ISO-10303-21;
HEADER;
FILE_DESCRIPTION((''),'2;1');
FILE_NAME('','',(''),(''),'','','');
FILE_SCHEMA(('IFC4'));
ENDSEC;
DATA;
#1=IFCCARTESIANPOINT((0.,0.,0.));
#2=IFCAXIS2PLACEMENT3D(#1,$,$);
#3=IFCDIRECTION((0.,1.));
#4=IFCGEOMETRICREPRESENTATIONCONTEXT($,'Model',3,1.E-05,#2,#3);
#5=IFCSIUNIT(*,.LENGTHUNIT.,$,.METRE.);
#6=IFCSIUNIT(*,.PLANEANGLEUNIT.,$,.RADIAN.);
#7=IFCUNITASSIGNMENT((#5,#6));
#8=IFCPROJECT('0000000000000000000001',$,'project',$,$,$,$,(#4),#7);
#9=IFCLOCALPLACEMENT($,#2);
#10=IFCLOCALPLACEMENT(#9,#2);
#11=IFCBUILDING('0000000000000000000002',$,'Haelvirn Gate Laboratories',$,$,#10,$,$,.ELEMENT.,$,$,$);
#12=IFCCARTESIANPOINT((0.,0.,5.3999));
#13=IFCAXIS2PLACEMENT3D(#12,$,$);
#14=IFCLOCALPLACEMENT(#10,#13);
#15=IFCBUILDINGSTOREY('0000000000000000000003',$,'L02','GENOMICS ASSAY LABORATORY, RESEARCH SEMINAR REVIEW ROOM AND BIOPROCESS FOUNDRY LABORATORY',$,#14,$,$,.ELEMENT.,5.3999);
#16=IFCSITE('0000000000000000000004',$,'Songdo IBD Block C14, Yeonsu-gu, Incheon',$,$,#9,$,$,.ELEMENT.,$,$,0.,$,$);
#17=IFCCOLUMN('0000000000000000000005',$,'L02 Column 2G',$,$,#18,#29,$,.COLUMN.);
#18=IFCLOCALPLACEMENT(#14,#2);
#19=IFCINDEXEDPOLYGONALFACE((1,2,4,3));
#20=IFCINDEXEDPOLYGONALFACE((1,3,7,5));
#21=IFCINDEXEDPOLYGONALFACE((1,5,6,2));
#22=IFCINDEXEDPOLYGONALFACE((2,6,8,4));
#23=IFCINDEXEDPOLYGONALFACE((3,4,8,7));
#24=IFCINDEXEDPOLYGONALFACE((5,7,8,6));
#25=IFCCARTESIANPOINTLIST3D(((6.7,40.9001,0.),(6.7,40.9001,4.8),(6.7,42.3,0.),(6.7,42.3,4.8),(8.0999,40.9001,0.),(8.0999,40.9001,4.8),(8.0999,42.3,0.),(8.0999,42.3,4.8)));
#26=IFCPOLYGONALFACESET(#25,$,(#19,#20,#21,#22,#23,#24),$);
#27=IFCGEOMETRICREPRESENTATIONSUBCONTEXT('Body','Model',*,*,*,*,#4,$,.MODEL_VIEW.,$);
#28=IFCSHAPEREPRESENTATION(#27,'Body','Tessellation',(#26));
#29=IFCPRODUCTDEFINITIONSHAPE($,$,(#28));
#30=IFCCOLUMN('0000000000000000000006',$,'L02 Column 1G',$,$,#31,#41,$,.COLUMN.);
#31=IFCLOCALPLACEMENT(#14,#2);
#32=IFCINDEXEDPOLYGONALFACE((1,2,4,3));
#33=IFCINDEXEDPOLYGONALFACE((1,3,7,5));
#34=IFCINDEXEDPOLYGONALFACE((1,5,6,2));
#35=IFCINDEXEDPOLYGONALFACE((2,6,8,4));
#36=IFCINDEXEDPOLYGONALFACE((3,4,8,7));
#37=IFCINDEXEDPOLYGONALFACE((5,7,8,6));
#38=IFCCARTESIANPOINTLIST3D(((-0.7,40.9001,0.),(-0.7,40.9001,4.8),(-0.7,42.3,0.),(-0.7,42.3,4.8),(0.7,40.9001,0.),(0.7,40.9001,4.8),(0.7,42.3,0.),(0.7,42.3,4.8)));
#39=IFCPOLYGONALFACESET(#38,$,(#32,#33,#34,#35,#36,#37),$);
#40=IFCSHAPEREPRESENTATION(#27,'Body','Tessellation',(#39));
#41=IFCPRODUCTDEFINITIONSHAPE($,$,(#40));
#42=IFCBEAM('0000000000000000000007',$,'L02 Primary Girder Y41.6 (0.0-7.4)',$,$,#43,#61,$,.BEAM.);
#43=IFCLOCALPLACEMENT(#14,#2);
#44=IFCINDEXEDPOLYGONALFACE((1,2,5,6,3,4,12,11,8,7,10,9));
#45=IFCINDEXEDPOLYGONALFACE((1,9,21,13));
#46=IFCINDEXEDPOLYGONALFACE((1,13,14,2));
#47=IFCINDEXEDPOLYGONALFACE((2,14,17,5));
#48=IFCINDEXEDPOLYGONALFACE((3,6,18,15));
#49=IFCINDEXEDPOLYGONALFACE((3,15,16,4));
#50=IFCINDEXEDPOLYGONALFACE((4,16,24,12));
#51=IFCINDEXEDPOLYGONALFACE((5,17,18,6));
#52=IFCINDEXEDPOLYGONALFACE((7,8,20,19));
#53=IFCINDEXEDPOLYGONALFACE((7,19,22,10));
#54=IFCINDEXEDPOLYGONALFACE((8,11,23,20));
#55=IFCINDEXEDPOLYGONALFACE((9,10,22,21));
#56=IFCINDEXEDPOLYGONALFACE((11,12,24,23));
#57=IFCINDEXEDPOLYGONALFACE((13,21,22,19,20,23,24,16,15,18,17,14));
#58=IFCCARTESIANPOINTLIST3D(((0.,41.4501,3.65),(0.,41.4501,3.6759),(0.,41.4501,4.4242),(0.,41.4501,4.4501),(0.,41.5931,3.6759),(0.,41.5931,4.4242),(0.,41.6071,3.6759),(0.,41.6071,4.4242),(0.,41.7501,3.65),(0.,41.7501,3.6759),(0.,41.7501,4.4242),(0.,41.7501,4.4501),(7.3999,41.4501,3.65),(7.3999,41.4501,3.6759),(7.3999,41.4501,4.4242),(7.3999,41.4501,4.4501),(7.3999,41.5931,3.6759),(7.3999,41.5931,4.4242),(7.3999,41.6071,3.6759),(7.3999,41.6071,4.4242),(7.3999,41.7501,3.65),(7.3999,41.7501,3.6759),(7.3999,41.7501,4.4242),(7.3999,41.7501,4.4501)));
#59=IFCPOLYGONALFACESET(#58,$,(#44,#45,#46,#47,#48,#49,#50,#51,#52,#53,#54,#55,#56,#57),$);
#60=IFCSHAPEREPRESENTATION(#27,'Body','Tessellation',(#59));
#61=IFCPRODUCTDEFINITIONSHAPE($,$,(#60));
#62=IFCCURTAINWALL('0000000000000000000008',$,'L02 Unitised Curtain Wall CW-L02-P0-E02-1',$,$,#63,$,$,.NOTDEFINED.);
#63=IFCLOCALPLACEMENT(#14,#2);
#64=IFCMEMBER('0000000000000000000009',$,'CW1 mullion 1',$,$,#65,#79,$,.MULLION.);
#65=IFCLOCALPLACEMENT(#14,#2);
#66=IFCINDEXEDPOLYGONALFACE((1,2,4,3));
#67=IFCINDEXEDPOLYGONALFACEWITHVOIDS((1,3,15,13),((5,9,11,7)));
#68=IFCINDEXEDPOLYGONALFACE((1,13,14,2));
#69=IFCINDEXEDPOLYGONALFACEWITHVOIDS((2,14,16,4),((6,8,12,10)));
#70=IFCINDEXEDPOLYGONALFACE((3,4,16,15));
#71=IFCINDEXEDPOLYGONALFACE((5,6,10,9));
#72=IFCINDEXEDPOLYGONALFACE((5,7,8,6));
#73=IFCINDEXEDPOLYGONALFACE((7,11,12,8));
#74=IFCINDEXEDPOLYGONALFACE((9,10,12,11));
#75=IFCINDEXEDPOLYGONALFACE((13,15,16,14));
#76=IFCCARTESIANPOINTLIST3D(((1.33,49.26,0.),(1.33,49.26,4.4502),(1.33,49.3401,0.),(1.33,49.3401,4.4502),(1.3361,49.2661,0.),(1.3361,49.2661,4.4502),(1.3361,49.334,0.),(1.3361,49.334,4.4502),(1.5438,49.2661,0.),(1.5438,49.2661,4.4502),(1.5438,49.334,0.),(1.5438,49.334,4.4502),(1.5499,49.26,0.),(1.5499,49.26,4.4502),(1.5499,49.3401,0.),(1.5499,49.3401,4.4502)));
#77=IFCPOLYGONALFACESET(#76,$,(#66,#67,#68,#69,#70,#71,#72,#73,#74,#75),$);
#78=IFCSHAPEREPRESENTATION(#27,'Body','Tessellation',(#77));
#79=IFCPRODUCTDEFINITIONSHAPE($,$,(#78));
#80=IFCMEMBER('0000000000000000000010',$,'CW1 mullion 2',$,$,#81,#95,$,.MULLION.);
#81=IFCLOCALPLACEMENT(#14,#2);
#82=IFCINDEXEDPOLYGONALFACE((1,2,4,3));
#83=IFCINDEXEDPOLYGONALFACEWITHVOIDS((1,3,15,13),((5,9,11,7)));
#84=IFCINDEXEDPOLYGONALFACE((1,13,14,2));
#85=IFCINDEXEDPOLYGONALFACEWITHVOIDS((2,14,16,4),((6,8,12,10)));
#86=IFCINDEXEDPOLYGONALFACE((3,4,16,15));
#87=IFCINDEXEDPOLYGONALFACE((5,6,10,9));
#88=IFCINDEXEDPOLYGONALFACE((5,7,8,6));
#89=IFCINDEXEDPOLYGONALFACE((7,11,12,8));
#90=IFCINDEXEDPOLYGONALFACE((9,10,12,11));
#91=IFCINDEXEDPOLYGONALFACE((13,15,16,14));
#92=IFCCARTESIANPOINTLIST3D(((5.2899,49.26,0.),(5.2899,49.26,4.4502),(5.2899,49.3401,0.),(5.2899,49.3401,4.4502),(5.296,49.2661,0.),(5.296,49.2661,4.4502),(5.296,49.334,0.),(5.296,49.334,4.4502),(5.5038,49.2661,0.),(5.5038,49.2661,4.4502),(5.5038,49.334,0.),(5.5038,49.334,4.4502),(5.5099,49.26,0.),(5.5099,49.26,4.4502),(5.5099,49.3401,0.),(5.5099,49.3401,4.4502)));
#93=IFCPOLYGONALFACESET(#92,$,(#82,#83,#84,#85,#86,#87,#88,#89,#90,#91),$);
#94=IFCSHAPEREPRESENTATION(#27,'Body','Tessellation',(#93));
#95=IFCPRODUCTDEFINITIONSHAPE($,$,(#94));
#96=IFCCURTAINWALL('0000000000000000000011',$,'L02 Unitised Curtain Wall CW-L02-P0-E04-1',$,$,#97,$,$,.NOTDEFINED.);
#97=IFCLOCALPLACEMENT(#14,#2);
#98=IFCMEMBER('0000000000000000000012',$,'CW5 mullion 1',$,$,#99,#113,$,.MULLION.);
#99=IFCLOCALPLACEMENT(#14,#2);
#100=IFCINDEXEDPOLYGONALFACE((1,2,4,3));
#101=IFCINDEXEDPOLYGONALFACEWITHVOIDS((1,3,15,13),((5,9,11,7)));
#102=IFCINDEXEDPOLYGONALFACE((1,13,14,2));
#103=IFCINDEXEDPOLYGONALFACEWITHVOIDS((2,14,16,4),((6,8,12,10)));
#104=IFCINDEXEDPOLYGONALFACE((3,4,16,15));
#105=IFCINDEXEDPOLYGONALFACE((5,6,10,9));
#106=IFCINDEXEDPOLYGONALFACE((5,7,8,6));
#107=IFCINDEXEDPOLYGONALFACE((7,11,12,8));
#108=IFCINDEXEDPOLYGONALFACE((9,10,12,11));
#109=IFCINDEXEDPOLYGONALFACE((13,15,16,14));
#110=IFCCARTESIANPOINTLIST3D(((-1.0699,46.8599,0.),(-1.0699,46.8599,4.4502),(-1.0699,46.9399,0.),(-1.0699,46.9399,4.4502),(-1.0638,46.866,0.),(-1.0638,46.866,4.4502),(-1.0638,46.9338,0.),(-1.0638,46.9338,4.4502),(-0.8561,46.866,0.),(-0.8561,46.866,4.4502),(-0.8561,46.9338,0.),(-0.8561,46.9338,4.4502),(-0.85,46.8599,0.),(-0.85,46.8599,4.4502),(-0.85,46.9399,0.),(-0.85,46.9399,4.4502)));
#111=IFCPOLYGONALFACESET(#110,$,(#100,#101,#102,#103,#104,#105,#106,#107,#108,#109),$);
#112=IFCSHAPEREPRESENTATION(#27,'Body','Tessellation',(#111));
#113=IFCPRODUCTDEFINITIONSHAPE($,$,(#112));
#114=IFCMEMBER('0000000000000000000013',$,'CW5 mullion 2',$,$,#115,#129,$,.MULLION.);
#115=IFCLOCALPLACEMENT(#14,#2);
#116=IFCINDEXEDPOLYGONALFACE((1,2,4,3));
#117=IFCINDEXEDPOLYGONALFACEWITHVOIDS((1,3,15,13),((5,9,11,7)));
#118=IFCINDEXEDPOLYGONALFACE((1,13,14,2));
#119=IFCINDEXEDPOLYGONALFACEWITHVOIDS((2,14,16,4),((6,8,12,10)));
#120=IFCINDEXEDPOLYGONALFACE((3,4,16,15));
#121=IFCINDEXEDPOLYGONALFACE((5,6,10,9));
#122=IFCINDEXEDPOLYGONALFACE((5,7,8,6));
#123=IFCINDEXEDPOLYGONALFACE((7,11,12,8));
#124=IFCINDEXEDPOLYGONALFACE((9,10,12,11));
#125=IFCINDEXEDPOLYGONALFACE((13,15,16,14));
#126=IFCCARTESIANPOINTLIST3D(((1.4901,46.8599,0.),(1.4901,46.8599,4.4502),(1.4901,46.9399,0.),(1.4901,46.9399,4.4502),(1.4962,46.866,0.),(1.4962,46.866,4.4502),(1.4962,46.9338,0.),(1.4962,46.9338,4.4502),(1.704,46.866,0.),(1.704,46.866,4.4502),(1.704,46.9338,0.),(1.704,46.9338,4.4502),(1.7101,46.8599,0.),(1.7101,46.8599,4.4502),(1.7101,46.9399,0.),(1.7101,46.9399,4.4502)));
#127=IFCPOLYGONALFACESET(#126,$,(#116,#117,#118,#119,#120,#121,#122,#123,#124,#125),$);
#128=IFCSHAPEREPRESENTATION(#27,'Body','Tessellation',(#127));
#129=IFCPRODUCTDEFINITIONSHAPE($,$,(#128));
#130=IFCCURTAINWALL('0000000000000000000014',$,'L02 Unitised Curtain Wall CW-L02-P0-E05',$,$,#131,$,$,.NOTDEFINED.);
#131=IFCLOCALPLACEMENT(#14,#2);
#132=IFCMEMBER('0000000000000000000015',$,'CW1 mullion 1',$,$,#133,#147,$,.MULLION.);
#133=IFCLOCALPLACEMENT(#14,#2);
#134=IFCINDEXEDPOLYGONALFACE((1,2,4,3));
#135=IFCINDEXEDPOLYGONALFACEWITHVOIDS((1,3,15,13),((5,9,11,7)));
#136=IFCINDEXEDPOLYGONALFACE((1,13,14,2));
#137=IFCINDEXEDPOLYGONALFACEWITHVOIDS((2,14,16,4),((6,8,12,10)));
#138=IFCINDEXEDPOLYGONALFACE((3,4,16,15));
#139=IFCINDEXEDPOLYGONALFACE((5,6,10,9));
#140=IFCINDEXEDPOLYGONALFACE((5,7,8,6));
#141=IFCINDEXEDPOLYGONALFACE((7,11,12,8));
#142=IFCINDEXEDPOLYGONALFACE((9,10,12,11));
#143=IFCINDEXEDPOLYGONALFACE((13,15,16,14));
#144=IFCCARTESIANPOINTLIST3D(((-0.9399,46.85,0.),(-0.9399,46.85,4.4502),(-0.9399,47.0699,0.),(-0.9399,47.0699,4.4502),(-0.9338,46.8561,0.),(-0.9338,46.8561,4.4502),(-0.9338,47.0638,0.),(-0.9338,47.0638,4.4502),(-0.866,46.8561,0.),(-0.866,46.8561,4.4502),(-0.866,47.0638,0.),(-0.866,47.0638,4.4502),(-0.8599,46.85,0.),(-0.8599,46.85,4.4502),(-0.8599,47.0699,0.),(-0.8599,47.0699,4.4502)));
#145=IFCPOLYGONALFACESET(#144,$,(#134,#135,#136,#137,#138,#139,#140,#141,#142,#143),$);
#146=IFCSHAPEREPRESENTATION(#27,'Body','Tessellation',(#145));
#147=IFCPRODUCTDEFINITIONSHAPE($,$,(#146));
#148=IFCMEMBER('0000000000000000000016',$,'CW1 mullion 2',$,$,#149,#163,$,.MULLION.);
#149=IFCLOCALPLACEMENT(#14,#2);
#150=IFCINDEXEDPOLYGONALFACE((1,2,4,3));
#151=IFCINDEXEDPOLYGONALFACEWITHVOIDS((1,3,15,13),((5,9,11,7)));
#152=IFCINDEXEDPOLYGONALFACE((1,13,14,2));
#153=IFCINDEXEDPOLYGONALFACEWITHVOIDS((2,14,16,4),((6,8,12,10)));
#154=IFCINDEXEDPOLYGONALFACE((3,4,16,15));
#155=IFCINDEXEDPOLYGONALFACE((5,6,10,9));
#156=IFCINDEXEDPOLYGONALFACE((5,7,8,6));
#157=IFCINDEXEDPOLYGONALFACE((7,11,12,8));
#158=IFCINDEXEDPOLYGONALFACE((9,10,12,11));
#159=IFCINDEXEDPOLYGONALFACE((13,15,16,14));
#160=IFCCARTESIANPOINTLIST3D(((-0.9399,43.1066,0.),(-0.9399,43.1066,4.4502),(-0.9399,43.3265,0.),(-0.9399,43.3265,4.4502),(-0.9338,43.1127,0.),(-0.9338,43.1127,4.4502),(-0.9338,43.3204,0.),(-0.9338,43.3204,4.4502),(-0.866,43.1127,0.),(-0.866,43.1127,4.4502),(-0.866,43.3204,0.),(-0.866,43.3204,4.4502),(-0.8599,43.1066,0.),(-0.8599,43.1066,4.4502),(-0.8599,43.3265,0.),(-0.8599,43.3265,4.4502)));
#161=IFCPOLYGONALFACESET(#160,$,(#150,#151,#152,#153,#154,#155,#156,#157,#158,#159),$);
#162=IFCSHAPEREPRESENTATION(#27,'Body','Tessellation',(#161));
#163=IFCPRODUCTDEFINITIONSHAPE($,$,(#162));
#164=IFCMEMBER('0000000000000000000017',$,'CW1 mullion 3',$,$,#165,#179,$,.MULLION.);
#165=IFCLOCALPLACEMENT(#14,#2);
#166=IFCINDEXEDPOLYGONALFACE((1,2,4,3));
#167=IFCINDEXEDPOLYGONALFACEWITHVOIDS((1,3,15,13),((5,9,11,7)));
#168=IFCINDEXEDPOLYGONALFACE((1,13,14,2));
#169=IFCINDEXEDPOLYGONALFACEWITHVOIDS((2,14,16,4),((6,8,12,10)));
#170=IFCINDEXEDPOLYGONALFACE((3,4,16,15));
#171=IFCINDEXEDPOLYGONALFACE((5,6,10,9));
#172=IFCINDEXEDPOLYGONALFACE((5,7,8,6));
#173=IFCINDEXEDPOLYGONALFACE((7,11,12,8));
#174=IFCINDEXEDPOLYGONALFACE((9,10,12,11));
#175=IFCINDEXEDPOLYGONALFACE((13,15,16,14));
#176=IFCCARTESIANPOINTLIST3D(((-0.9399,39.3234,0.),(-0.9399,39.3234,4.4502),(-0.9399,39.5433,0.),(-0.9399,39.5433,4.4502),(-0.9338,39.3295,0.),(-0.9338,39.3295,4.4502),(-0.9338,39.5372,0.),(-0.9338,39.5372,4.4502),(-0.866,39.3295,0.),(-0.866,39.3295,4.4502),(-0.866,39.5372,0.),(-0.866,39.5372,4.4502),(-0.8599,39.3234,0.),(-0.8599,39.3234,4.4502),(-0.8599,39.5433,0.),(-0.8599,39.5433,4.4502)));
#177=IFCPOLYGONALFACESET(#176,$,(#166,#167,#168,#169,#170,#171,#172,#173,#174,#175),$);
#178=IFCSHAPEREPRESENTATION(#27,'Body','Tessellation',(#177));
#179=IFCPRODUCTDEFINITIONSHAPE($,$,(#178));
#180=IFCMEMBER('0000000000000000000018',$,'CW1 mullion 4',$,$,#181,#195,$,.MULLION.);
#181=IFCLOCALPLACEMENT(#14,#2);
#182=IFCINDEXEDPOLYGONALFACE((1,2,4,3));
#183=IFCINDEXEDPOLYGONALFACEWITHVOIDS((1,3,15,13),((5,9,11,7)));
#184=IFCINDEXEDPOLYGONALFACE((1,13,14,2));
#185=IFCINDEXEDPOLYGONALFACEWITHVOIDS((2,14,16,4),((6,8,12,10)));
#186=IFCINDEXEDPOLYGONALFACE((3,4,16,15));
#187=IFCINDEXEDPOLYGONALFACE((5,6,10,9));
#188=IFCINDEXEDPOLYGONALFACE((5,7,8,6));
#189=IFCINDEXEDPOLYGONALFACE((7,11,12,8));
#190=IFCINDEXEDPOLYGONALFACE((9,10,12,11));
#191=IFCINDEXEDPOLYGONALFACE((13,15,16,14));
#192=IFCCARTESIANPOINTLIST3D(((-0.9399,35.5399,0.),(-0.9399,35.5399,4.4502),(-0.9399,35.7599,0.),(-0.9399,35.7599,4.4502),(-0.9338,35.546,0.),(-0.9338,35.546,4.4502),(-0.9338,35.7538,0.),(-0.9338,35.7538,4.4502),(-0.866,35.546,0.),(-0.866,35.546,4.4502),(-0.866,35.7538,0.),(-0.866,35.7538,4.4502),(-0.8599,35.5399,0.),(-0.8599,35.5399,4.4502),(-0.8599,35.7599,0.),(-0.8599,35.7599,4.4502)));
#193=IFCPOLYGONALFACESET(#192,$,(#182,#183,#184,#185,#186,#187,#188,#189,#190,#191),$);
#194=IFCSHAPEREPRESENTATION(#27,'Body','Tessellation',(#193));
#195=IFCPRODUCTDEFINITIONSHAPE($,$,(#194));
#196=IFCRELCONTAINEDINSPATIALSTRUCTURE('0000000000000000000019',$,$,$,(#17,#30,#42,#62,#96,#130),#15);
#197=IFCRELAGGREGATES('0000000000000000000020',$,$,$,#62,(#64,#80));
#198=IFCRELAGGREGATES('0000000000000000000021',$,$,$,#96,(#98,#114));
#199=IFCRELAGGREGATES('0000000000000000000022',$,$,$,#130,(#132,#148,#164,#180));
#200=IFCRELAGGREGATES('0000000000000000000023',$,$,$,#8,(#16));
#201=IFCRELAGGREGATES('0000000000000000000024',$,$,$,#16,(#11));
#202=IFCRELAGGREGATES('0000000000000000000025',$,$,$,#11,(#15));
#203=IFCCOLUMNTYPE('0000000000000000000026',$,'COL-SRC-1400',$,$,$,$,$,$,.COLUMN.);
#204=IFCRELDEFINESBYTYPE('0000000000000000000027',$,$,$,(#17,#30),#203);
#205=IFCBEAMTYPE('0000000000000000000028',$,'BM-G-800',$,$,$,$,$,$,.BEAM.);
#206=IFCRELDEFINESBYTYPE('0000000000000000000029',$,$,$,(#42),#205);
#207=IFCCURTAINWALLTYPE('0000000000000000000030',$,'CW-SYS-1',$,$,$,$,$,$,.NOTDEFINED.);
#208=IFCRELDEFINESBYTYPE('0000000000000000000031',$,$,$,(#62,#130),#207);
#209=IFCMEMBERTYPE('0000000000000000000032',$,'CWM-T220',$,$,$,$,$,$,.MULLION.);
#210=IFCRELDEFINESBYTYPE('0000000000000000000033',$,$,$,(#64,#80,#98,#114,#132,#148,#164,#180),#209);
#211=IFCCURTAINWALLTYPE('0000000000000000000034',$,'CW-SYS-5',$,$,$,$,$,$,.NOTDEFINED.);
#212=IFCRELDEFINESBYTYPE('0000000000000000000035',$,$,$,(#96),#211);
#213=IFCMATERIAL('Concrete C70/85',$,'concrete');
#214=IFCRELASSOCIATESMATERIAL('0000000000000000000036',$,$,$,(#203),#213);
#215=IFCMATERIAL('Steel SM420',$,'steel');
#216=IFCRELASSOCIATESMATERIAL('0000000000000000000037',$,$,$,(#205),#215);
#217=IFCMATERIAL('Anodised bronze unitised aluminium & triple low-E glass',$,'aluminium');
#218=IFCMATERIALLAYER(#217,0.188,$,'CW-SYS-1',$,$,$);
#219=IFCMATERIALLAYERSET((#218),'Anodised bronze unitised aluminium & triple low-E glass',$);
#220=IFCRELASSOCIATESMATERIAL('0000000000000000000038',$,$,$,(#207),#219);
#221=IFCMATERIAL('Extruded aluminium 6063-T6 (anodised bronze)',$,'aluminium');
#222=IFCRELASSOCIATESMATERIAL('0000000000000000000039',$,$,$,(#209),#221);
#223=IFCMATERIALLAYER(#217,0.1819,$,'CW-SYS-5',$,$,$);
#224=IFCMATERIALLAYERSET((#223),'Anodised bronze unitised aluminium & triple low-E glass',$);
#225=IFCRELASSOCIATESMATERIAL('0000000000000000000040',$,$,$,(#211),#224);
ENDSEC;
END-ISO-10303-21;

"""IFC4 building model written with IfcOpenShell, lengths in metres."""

from ifc_helpers import new_model, si_unit, direction, frame, origin, origin_2d, place, context, subcontext, project, spatial, rectangle, hollow_rectangle, i_section, extrude, source, transform, mapped, material, layer, layer_set, material_profile, profile_set, type_object, type_shapes, element, aggregate, save


model = new_model("IFC4")

# Units and contexts
model_context = context("Model", 3, precision=1e-05, world=origin(), true_north=direction((0.0, 1.0)))
body_context = subcontext(model_context, "Body", "Model", "MODEL_VIEW")
ifc_project = project(units=[si_unit("LENGTHUNIT", "METRE"), si_unit("PLANEANGLEUNIT", "RADIAN")], contexts=[model_context])

# Site, building, storey
site_placement = place(None, origin())
site = spatial("IfcSite", under=ifc_project, at=site_placement, Name="Songdo IBD Block C14, Yeonsu-gu, Incheon", CompositionType="ELEMENT", RefElevation=0.0)
building_placement = place(site_placement, origin())
building = spatial("IfcBuilding", under=site, at=building_placement, Name="Haelvirn Gate Laboratories", CompositionType="ELEMENT")
storey_placement = place(building_placement, frame((0.0, 0.0, 5.3999)))
storey = spatial("IfcBuildingStorey", under=building, at=storey_placement, Name="L02", Description="GENOMICS ASSAY LABORATORY, RESEARCH SEMINAR REVIEW ROOM AND BIOPROCESS FOUNDRY LABORATORY", CompositionType="ELEMENT", Elevation=5.3999)

# Columns
ifc_material_1 = material(Name="Concrete C70/85", Category="concrete")
ifc_material_profile_1 = material_profile(ifc_material_1, rectangle(XDim=1.3999, YDim=1.3999, at=origin_2d()), Name="SRC-1400x1400")
ifc_profile_set_1 = profile_set([ifc_material_profile_1], Name="Concrete C70/85")
column_type = type_object("IfcColumnType", Name="COL-SRC-1400", PredefinedType="COLUMN", material=ifc_profile_set_1)
shared_shape_1 = source(origin(), body_context, "Body", "SweptSolid", [
    extrude(rectangle(XDim=1.3999, YDim=1.3999, at=origin_2d()), origin(), (0.0, 0.0, 1.0), 4.8),
])
type_shapes(column_type, [shared_shape_1])
for number, where, z_axis, x_axis, name in (
    (1, (7.3999, 41.6001, 0.0), (0.0, 0.0, 1.0), (1.0, 0.0, 0.0), "L02 Column 2G"),
    (2, (0.0, 41.6001, 0.0), (0.0, 0.0, 1.0), (1.0, 0.0, 0.0), "L02 Column 1G"),
):
    element("IfcColumn", number, at=place(storey_placement, frame(where, z_axis=z_axis, x_axis=x_axis)), inside=storey, type_object=column_type, Name=name, PredefinedType="COLUMN", context=body_context, shape_type="MappedRepresentation", body=[
        mapped(shared_shape_1, transform((0.0, 0.0, 0.0), scale=1.0)),
    ])

# Beam
ifc_material_2 = material(Name="Steel SM420", Category="steel")
ifc_material_profile_2 = material_profile(ifc_material_2, i_section(OverallWidth=0.3, OverallDepth=0.8, WebThickness=0.0139, FlangeThickness=0.0259, at=origin_2d()), Name="H-800x300x14x26")
ifc_profile_set_2 = profile_set([ifc_material_profile_2], Name="Steel SM420")
beam_type = type_object("IfcBeamType", Name="BM-G-800", PredefinedType="BEAM", material=ifc_profile_set_2)
shared_shape_2 = source(origin(), body_context, "Body", "SweptSolid", [
    extrude(i_section(OverallWidth=0.3, OverallDepth=0.8, WebThickness=0.0139, FlangeThickness=0.0259, at=origin_2d()), origin(), (0.0, 0.0, 1.0), 7.3999),
])
type_shapes(beam_type, [shared_shape_2])
beam_placement = place(storey_placement, frame((0.0, 41.6001, 4.05), z_axis=(1.0, 0.0, 0.0), x_axis=(0.0, 1.0, 0.0)))
element("IfcBeam", 3, at=beam_placement, inside=storey, type_object=beam_type, Name="L02 Primary Girder Y41.6 (0.0-7.4)", PredefinedType="BEAM", context=body_context, shape_type="MappedRepresentation", body=[
    mapped(shared_shape_2, transform((0.0, 0.0, 0.0), scale=1.0)),
])

# Curtain walls, members
ifc_material_3 = material(Name="Anodised bronze unitised aluminium & triple low-E glass", Category="aluminium")
ifc_layer_1 = layer(ifc_material_3, 0.188, Name="CW-SYS-1")
ifc_layer_set_1 = layer_set([ifc_layer_1], Name="Anodised bronze unitised aluminium & triple low-E glass")
curtain_wall_type_1 = type_object("IfcCurtainWallType", Name="CW-SYS-1", PredefinedType="NOTDEFINED", material=ifc_layer_set_1)
curtain_wall_1_placement = place(storey_placement, origin())
curtain_wall_1 = element("IfcCurtainWall", 4, at=curtain_wall_1_placement, inside=storey, type_object=curtain_wall_type_1, Name="L02 Unitised Curtain Wall CW-L02-P0-E02-1", PredefinedType="NOTDEFINED")
ifc_material_4 = material(Name="Extruded aluminium 6063-T6 (anodised bronze)", Category="aluminium")
ifc_material_profile_3 = material_profile(ifc_material_4, hollow_rectangle(XDim=0.0801, YDim=0.22, WallThickness=0.0061, at=origin_2d()), Name="CWM-220x80x6")
ifc_profile_set_3 = profile_set([ifc_material_profile_3], Name="Extruded aluminium 6063-T6 (anodised bronze)")
member_type_1 = type_object("IfcMemberType", Name="CWM-T220", PredefinedType="MULLION", material=ifc_profile_set_3)
shared_shape_3 = source(origin(), body_context, "Body", "SweptSolid", [
    extrude(hollow_rectangle(XDim=0.0801, YDim=0.22, WallThickness=0.0061, at=origin_2d()), origin(), (0.0, 0.0, 1.0), 4.4502),
])
type_shapes(member_type_1, [shared_shape_3])
member_1_placement = place(storey_placement, frame((1.4399, 49.3, 0.0), z_axis=(0.0, 0.0, 1.0), x_axis=(0.0, 1.0, 0.0)))
member_1 = element("IfcMember", 5, at=member_1_placement, type_object=member_type_1, Name="CW1 mullion 1", PredefinedType="MULLION", context=body_context, shape_type="MappedRepresentation", body=[
    mapped(shared_shape_3, transform((0.0, 0.0, 0.0), scale=1.0)),
])
member_2_placement = place(storey_placement, frame((5.3999, 49.3, 0.0), z_axis=(0.0, 0.0, 1.0), x_axis=(0.0, 1.0, 0.0)))
member_2 = element("IfcMember", 6, at=member_2_placement, type_object=member_type_1, Name="CW1 mullion 2", PredefinedType="MULLION", context=body_context, shape_type="MappedRepresentation", body=[
    mapped(shared_shape_3, transform((0.0, 0.0, 0.0), scale=1.0)),
])
ifc_layer_2 = layer(ifc_material_3, 0.1819, Name="CW-SYS-5")
ifc_layer_set_2 = layer_set([ifc_layer_2], Name="Anodised bronze unitised aluminium & triple low-E glass")
curtain_wall_type_2 = type_object("IfcCurtainWallType", Name="CW-SYS-5", PredefinedType="NOTDEFINED", material=ifc_layer_set_2)
curtain_wall_2_placement = place(storey_placement, origin())
curtain_wall_2 = element("IfcCurtainWall", 7, at=curtain_wall_2_placement, inside=storey, type_object=curtain_wall_type_2, Name="L02 Unitised Curtain Wall CW-L02-P0-E04-1", PredefinedType="NOTDEFINED")
member_3_placement = place(storey_placement, frame((-0.96, 46.8999, 0.0), z_axis=(0.0, 0.0, 1.0), x_axis=(0.0, 1.0, 0.0)))
member_3 = element("IfcMember", 8, at=member_3_placement, type_object=member_type_1, Name="CW5 mullion 1", PredefinedType="MULLION", context=body_context, shape_type="MappedRepresentation", body=[
    mapped(shared_shape_3, transform((0.0, 0.0, 0.0), scale=1.0)),
])
member_4_placement = place(storey_placement, frame((1.6001, 46.8999, 0.0), z_axis=(0.0, 0.0, 1.0), x_axis=(0.0, 1.0, 0.0)))
member_4 = element("IfcMember", 9, at=member_4_placement, type_object=member_type_1, Name="CW5 mullion 2", PredefinedType="MULLION", context=body_context, shape_type="MappedRepresentation", body=[
    mapped(shared_shape_3, transform((0.0, 0.0, 0.0), scale=1.0)),
])
curtain_wall_3_placement = place(storey_placement, origin())
curtain_wall_3 = element("IfcCurtainWall", 10, at=curtain_wall_3_placement, inside=storey, type_object=curtain_wall_type_1, Name="L02 Unitised Curtain Wall CW-L02-P0-E05", PredefinedType="NOTDEFINED")
member_5_placement = place(storey_placement, frame((-0.8999, 46.96, 0.0), z_axis=(0.0, 0.0, 1.0), x_axis=(1.0, 0.0, 0.0)))
member_5 = element("IfcMember", 11, at=member_5_placement, type_object=member_type_1, Name="CW1 mullion 1", PredefinedType="MULLION", context=body_context, shape_type="MappedRepresentation", body=[
    mapped(shared_shape_3, transform((0.0, 0.0, 0.0), scale=1.0)),
])
member_6_placement = place(storey_placement, frame((-0.8999, 43.2166, 0.0), z_axis=(0.0, 0.0, 1.0), x_axis=(1.0, 0.0, 0.0)))
member_6 = element("IfcMember", 12, at=member_6_placement, type_object=member_type_1, Name="CW1 mullion 2", PredefinedType="MULLION", context=body_context, shape_type="MappedRepresentation", body=[
    mapped(shared_shape_3, transform((0.0, 0.0, 0.0), scale=1.0)),
])
member_7_placement = place(storey_placement, frame((-0.8999, 39.4333, 0.0), z_axis=(0.0, 0.0, 1.0), x_axis=(1.0, 0.0, 0.0)))
member_7 = element("IfcMember", 13, at=member_7_placement, type_object=member_type_1, Name="CW1 mullion 3", PredefinedType="MULLION", context=body_context, shape_type="MappedRepresentation", body=[
    mapped(shared_shape_3, transform((0.0, 0.0, 0.0), scale=1.0)),
])
member_8_placement = place(storey_placement, frame((-0.8999, 35.6499, 0.0), z_axis=(0.0, 0.0, 1.0), x_axis=(1.0, 0.0, 0.0)))
member_8 = element("IfcMember", 14, at=member_8_placement, type_object=member_type_1, Name="CW1 mullion 4", PredefinedType="MULLION", context=body_context, shape_type="MappedRepresentation", body=[
    mapped(shared_shape_3, transform((0.0, 0.0, 0.0), scale=1.0)),
])

aggregate(curtain_wall_1, [member_1, member_2])
aggregate(curtain_wall_2, [member_3, member_4])
aggregate(curtain_wall_3, [member_5, member_6, member_7, member_8])

save(model, "model.ifc")
